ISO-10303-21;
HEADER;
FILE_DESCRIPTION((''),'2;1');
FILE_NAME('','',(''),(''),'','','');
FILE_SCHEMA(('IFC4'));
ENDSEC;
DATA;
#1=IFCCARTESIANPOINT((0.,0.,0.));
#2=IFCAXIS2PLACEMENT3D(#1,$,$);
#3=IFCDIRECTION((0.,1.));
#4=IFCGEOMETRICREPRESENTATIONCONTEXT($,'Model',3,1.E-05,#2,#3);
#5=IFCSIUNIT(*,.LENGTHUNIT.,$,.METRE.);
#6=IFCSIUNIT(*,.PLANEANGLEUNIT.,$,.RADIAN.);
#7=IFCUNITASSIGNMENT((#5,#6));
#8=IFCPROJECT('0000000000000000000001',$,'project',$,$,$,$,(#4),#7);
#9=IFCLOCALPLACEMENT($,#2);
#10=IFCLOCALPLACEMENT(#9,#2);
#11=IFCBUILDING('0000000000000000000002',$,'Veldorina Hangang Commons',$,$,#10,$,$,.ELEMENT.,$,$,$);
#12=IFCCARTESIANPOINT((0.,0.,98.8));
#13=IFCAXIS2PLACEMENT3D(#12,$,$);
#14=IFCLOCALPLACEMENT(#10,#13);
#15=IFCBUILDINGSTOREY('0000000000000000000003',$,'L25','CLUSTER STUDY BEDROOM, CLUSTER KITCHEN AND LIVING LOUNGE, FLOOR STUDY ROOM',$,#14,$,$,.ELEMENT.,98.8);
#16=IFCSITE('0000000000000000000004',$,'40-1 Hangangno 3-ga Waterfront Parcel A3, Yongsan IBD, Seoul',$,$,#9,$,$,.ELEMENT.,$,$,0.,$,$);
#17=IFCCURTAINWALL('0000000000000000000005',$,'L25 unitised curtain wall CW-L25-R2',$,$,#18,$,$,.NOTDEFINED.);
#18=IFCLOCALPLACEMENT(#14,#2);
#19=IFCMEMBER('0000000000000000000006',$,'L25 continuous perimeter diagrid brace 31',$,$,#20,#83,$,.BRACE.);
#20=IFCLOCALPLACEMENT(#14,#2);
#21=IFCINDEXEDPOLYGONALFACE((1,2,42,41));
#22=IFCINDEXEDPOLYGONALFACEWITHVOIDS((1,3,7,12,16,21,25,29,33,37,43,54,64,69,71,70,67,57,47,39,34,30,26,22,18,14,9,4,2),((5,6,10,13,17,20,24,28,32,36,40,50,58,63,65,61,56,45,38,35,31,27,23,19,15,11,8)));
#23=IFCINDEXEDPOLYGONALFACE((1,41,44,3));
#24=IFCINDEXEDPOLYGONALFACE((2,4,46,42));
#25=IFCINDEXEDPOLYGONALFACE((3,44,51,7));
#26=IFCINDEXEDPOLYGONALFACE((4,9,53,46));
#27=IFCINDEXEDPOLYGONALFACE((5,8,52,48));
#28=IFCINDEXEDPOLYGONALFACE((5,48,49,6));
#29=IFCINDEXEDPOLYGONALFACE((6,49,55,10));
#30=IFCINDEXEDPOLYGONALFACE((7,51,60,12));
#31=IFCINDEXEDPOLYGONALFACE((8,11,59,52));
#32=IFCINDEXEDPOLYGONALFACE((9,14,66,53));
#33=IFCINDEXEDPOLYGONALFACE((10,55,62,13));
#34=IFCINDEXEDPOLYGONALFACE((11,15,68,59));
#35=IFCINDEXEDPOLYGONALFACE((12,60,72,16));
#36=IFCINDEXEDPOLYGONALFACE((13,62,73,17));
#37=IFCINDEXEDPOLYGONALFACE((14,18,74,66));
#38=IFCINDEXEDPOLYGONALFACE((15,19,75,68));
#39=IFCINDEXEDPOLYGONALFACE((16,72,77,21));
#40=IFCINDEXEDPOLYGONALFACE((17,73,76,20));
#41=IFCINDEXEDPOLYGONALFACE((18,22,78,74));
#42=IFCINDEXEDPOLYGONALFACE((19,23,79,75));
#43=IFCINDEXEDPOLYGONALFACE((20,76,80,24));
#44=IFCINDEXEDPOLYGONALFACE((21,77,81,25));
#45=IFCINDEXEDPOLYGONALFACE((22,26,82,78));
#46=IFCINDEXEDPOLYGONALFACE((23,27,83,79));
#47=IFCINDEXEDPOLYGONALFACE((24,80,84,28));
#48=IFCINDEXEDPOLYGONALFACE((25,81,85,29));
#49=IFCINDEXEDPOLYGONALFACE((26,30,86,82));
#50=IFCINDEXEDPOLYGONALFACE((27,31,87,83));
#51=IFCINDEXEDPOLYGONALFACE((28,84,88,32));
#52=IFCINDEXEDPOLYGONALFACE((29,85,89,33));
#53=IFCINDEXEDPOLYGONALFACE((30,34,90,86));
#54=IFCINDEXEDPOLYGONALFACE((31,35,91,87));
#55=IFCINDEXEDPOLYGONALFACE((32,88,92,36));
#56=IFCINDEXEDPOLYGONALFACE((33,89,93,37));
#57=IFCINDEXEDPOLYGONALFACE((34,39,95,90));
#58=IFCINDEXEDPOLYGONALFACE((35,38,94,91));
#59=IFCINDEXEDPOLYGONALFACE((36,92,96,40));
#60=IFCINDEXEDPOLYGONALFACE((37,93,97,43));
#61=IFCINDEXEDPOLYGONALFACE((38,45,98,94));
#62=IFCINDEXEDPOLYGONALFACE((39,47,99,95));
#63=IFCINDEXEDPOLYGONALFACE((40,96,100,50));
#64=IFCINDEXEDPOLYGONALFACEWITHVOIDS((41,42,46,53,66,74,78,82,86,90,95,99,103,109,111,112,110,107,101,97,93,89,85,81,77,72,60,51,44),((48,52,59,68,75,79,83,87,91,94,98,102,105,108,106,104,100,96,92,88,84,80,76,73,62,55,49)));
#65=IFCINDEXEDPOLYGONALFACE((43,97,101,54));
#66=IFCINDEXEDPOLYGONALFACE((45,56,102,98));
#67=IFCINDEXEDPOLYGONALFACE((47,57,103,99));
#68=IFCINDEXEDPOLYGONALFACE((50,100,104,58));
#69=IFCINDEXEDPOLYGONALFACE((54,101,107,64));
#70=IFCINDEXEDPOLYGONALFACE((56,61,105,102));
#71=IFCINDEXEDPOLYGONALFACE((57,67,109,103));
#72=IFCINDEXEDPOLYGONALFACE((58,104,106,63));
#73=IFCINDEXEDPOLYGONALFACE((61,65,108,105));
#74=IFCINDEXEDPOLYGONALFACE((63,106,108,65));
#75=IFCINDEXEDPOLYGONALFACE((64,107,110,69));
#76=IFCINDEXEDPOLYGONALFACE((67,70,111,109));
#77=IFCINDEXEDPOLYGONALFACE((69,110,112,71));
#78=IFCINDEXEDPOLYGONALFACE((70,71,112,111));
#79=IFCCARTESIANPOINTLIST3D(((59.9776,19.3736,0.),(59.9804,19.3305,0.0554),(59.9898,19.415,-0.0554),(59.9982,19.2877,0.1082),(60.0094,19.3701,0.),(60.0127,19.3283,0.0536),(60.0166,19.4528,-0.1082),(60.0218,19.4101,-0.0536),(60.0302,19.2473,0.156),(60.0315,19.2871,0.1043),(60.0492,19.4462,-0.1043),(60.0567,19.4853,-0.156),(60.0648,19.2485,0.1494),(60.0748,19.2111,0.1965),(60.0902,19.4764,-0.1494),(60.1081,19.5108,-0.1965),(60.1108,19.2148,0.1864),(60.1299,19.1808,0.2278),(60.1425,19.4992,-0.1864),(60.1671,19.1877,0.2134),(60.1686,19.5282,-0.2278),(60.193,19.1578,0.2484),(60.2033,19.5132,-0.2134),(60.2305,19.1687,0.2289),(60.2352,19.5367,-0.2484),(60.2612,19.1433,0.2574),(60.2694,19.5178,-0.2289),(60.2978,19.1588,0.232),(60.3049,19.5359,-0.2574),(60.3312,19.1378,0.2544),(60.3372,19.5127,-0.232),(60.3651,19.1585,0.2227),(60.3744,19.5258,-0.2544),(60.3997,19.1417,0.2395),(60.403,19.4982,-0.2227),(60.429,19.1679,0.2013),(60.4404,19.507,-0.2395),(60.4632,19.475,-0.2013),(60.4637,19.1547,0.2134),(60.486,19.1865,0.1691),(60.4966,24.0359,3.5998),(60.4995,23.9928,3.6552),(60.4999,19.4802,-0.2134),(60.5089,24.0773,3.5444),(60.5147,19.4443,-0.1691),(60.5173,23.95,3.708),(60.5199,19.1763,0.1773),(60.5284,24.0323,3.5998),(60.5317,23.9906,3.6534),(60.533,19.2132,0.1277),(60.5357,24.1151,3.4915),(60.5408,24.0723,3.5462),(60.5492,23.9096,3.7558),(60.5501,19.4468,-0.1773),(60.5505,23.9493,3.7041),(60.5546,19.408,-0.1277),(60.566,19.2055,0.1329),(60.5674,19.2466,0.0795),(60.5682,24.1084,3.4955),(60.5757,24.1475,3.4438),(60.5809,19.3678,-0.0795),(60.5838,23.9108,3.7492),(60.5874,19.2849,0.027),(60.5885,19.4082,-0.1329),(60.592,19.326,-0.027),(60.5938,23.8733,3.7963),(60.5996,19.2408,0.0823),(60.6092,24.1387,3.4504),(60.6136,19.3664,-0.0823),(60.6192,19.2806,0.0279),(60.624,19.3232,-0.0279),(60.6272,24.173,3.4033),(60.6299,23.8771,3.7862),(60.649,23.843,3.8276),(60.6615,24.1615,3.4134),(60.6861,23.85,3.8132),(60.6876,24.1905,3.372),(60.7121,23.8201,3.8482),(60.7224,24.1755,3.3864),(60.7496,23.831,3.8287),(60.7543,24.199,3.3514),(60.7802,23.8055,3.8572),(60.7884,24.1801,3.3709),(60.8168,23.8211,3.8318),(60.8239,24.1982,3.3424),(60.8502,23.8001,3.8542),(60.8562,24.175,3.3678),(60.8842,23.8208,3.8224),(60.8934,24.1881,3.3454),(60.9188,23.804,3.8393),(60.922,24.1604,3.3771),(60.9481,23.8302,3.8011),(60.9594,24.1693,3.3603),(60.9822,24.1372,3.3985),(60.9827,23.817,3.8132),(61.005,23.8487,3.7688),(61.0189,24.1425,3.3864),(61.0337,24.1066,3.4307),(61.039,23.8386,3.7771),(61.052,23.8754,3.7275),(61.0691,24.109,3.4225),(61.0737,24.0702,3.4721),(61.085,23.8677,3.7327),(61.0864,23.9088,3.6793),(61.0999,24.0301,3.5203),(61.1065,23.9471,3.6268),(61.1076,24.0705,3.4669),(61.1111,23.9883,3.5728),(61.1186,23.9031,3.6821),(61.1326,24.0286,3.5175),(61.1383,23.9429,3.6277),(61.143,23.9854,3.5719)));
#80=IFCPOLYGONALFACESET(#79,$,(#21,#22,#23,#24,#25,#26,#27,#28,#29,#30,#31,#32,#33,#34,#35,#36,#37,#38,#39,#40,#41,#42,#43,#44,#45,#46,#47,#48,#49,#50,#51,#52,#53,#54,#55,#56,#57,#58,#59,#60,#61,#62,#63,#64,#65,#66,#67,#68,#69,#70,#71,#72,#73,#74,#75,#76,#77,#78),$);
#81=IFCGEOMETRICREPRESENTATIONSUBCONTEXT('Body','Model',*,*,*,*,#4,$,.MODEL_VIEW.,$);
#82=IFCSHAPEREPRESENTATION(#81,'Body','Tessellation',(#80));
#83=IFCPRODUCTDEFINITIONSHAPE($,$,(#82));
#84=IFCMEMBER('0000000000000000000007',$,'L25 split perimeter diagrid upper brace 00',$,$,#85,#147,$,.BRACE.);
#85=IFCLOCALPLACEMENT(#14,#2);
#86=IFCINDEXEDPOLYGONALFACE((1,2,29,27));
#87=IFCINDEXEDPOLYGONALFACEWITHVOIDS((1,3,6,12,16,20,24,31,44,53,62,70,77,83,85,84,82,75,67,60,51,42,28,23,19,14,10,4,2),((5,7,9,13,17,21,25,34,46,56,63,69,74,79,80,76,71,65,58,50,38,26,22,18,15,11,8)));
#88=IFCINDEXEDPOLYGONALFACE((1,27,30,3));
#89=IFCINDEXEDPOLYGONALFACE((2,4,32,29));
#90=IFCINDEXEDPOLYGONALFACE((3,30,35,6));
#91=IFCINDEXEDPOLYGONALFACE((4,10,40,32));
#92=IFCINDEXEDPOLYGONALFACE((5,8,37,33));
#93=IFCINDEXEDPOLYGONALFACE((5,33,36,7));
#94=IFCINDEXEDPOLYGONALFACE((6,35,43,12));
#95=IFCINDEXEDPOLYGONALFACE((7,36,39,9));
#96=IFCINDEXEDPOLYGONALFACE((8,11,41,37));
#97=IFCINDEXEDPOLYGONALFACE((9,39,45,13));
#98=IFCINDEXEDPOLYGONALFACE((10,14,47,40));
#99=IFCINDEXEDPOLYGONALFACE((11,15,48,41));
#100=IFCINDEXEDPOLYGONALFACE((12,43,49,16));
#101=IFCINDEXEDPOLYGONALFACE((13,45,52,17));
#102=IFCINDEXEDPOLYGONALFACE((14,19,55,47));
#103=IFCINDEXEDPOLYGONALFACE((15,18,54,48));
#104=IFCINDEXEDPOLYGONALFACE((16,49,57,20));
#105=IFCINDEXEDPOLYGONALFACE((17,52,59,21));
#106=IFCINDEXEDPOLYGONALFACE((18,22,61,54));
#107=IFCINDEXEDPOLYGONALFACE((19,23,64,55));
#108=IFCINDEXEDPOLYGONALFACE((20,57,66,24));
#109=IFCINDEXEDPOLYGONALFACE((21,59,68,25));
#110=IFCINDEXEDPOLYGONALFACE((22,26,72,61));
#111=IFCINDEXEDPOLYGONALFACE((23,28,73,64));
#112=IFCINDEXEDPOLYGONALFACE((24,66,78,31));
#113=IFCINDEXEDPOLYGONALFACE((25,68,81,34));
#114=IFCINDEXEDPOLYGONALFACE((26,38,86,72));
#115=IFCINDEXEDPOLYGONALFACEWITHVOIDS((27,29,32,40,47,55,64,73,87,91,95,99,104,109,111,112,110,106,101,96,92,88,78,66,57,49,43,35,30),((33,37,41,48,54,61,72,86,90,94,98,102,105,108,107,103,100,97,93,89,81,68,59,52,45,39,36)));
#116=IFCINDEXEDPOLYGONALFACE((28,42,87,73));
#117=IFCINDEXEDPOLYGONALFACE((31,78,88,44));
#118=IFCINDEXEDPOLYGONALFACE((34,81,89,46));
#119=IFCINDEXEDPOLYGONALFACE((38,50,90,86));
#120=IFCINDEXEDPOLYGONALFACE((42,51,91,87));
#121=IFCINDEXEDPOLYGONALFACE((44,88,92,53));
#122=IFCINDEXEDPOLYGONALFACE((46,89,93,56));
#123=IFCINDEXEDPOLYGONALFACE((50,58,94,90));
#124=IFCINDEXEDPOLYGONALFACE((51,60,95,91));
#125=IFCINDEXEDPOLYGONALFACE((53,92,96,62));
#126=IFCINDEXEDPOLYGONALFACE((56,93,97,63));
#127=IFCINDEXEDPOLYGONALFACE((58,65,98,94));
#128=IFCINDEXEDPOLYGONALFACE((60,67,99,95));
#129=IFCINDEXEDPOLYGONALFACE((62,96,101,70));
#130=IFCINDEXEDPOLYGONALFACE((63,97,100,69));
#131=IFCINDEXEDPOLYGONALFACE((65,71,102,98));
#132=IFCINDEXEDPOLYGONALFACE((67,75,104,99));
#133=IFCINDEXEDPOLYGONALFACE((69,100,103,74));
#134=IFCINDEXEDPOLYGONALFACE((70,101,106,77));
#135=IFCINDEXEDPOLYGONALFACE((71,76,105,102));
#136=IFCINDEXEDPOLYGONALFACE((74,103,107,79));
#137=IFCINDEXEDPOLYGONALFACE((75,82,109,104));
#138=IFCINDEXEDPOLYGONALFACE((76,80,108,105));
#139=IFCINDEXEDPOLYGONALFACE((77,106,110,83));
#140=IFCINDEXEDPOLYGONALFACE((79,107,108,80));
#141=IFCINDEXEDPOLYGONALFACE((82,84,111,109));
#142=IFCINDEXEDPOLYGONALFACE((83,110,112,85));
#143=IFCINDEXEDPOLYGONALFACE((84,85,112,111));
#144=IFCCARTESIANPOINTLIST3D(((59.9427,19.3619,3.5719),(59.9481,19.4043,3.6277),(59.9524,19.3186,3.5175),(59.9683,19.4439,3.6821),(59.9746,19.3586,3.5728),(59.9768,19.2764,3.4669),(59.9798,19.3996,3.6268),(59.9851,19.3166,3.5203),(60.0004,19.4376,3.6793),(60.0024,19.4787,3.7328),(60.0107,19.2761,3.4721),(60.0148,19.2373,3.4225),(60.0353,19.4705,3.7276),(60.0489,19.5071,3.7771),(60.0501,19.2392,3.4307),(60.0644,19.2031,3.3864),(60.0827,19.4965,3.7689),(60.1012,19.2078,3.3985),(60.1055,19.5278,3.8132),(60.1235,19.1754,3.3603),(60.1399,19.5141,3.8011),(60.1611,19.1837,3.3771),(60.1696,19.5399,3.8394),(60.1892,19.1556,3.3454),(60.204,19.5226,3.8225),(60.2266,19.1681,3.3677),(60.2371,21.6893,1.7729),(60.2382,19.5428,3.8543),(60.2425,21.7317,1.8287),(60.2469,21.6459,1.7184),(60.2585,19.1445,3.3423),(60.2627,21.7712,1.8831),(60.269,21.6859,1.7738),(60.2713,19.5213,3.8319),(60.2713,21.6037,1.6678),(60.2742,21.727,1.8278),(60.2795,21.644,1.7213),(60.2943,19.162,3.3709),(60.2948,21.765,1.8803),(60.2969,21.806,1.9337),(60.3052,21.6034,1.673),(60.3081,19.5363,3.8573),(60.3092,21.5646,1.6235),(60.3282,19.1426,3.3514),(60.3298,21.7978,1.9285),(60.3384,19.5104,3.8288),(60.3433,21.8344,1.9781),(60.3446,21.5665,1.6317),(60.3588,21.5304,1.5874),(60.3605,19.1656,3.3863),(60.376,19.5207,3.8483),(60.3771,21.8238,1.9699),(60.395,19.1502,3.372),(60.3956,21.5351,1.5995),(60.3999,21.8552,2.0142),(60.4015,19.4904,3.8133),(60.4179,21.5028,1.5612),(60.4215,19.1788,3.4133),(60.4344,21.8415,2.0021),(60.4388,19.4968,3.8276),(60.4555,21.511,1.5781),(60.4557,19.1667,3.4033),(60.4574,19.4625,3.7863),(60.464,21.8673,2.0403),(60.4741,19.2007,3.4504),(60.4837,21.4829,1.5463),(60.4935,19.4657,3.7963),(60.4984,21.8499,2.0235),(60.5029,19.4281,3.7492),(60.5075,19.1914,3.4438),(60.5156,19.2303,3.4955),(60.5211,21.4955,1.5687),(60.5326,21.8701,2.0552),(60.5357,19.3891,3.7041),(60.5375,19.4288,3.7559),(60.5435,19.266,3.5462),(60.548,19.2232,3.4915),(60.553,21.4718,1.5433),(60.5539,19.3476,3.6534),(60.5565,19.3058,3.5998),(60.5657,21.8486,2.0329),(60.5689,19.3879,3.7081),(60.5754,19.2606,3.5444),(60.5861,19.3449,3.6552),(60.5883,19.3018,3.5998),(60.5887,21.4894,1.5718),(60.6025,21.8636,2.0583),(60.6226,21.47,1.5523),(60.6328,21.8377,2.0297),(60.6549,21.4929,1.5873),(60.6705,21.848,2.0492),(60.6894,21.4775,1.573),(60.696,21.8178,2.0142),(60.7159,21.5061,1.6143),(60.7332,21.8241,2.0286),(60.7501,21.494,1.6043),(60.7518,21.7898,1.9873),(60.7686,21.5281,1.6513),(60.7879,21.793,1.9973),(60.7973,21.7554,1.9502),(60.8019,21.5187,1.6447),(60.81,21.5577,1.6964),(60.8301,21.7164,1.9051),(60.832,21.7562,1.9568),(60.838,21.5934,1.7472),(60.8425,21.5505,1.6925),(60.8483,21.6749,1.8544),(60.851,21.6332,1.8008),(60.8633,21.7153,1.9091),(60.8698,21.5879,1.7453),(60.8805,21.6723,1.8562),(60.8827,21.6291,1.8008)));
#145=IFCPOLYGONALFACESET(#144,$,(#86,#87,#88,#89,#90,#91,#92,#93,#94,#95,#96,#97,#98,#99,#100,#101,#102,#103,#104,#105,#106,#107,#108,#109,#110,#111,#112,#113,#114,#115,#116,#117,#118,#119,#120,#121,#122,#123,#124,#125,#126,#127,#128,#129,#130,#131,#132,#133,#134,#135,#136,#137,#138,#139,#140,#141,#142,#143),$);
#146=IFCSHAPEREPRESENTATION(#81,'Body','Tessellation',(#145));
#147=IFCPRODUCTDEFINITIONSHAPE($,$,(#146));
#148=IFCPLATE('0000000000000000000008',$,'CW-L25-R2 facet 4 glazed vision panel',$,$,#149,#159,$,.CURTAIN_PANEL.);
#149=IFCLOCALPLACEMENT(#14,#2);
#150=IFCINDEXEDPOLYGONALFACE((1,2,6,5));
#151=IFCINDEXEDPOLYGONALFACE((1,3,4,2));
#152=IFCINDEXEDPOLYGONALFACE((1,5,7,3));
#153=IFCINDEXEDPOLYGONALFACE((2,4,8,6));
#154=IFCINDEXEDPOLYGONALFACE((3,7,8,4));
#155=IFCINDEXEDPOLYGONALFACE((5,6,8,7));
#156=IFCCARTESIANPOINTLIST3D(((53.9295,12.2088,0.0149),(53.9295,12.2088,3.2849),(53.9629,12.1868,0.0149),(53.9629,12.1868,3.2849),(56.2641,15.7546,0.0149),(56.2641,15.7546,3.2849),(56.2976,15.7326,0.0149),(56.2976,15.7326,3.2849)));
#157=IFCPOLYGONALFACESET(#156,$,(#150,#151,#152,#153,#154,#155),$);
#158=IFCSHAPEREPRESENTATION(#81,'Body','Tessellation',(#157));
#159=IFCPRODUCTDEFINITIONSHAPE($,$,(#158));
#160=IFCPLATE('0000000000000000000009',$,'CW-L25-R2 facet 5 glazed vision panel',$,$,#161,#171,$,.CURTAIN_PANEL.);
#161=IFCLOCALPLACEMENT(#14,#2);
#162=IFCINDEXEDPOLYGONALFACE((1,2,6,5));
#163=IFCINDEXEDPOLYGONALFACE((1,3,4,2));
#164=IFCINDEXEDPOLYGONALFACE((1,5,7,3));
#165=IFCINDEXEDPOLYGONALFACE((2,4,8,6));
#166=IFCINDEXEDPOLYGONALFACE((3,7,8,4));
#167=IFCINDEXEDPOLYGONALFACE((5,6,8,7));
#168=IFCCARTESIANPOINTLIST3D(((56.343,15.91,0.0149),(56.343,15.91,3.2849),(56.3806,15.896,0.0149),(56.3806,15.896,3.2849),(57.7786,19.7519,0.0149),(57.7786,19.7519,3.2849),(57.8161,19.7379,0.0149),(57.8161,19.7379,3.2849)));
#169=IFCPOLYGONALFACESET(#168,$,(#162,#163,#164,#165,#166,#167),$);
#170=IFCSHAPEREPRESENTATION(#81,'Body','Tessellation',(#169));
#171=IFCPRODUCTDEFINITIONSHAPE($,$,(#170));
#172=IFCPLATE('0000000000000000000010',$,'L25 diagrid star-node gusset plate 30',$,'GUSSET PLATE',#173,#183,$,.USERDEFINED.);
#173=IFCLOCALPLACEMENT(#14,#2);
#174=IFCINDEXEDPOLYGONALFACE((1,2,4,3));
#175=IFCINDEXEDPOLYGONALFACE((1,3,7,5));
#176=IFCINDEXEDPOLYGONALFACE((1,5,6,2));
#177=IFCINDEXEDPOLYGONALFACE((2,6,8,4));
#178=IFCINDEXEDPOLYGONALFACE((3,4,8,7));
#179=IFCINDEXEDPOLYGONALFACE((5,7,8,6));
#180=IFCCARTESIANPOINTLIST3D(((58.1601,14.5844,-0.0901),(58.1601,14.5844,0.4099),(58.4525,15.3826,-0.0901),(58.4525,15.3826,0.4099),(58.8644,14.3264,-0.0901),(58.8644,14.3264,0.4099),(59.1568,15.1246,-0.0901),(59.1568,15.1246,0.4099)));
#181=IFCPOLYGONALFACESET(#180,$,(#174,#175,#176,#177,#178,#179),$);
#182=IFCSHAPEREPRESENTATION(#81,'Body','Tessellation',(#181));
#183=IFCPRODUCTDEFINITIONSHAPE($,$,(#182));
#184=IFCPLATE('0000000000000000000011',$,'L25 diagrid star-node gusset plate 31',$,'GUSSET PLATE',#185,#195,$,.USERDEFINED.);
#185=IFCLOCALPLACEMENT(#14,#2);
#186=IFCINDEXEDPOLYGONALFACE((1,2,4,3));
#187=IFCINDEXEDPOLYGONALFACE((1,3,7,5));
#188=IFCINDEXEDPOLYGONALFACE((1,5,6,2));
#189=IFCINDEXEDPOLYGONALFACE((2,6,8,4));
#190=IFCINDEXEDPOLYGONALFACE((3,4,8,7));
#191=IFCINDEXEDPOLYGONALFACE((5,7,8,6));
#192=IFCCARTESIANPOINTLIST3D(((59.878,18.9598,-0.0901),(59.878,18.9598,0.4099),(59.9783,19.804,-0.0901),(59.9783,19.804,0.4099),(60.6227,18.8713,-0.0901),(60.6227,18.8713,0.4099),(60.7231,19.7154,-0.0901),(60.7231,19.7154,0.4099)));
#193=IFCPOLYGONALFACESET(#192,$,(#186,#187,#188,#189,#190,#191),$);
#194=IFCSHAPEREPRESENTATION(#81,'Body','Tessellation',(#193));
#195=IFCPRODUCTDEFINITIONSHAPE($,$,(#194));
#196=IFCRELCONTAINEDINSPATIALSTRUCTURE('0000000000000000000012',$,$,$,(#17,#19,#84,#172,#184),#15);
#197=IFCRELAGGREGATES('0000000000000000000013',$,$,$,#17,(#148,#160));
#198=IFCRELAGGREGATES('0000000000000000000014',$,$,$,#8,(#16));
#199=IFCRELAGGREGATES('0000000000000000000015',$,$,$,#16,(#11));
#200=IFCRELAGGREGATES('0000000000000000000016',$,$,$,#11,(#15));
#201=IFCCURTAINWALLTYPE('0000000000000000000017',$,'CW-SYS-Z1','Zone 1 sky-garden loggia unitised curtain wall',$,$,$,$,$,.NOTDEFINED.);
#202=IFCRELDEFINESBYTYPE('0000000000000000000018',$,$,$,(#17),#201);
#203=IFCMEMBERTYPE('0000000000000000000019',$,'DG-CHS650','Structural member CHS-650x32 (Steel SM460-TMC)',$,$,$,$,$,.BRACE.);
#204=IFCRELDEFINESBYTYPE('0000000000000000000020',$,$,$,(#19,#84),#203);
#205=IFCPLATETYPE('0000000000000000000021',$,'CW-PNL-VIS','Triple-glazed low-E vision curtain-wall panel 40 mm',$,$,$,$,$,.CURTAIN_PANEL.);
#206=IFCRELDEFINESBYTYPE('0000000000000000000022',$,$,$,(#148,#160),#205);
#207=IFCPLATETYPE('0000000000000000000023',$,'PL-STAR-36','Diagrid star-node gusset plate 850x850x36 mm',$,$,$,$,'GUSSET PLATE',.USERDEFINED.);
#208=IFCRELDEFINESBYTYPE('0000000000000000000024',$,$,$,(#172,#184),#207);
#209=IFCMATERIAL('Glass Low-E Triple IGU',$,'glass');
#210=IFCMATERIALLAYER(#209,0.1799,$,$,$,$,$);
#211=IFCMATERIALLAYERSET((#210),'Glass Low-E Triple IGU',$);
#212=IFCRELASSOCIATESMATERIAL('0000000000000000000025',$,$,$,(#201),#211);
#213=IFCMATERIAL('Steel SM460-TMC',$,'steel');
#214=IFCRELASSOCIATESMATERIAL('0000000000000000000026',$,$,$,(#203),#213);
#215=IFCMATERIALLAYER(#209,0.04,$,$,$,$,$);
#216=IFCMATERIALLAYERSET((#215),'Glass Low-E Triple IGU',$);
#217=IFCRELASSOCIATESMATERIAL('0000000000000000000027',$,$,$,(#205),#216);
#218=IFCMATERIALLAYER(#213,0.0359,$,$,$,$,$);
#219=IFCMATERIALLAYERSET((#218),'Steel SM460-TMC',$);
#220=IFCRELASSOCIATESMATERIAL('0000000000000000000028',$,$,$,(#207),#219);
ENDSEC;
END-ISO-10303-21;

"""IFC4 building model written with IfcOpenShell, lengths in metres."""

from ifc_helpers import new_model, si_unit, direction, frame, origin, origin_2d, place, context, subcontext, project, spatial, rectangle, hollow_circle, extrude, material, layer, layer_set, material_profile, profile_set, type_object, element, aggregate, save


model = new_model("IFC4")

# Units and contexts
model_context = context("Model", 3, precision=1e-05, world=origin(), true_north=direction((0.0, 1.0)))
body_context = subcontext(model_context, "Body", "Model", "MODEL_VIEW")
ifc_project = project(units=[si_unit("LENGTHUNIT", "METRE"), si_unit("PLANEANGLEUNIT", "RADIAN")], contexts=[model_context])

# Site, building, storey
site_placement = place(None, origin())
site = spatial("IfcSite", under=ifc_project, at=site_placement, Name="40-1 Hangangno 3-ga Waterfront Parcel A3, Yongsan IBD, Seoul", CompositionType="ELEMENT", RefElevation=0.0)
building_placement = place(site_placement, origin())
building = spatial("IfcBuilding", under=site, at=building_placement, Name="Veldorina Hangang Commons", CompositionType="ELEMENT")
storey_placement = place(building_placement, frame((0.0, 0.0, 98.8)))
storey = spatial("IfcBuildingStorey", under=building, at=storey_placement, Name="L25", Description="CLUSTER STUDY BEDROOM, CLUSTER KITCHEN AND LIVING LOUNGE, FLOOR STUDY ROOM", CompositionType="ELEMENT", Elevation=98.8)

# Curtain wall
ifc_material_1 = material(Name="Glass Low-E Triple IGU", Category="glass")
ifc_layer_1 = layer(ifc_material_1, 0.1799)
ifc_layer_set_1 = layer_set([ifc_layer_1], Name="Glass Low-E Triple IGU")
curtain_wall_type = type_object("IfcCurtainWallType", Name="CW-SYS-Z1", Description="Zone 1 sky-garden loggia unitised curtain wall", PredefinedType="NOTDEFINED", material=ifc_layer_set_1)
curtain_wall_placement = place(storey_placement, origin())
curtain_wall = element("IfcCurtainWall", 1, at=curtain_wall_placement, inside=storey, type_object=curtain_wall_type, Name="L25 unitised curtain wall CW-L25-R2", PredefinedType="NOTDEFINED")

# Members
ifc_material_2 = material(Name="Steel SM460-TMC", Category="steel")
ifc_material_profile_1 = material_profile(ifc_material_2, hollow_circle(Radius=0.325, WallThickness=0.032, at=origin_2d()), Name="CHS-650x32")
ifc_profile_set_1 = profile_set([ifc_material_profile_1], Name="Steel SM460-TMC")
member_type_1 = type_object("IfcMemberType", Name="DG-CHS650", Description="Structural member CHS-650x32 (Steel SM460-TMC)", PredefinedType="BRACE", material=ifc_profile_set_1)
member_1_placement = place(storey_placement, frame((60.3005, 19.3376, 0.0), z_axis=(0.087777, 0.788466, 0.608783), x_axis=(-0.99386, 0.110643, 0.0)))
element("IfcMember", 2, at=member_1_placement, inside=storey, type_object=member_type_1, Name="L25 continuous perimeter diagrid brace 31", PredefinedType="BRACE", context=body_context, shape_type="SweptSolid", body=[
    extrude(hollow_circle(Radius=0.325, WallThickness=0.032, at=origin_2d()), origin(), (0.0, 0.0, 1.0), 5.9131),
])
member_2_placement = place(storey_placement, frame((60.5603, 21.6699, 1.8008), z_axis=(-0.099593, -0.787247, 0.608541), x_axis=(0.992093, -0.125508, 0.0)))
element("IfcMember", 3, at=member_2_placement, inside=storey, type_object=member_type_1, Name="L25 split perimeter diagrid upper brace 00", PredefinedType="BRACE", context=body_context, shape_type="SweptSolid", body=[
    extrude(hollow_circle(Radius=0.325, WallThickness=0.032, at=origin_2d()), origin(), (0.0, 0.0, 1.0), 2.9563),
])

# Plates
ifc_layer_2 = layer(ifc_material_1, 0.04)
ifc_layer_set_2 = layer_set([ifc_layer_2], Name="Glass Low-E Triple IGU")
plate_type_1 = type_object("IfcPlateType", Name="CW-PNL-VIS", Description="Triple-glazed low-E vision curtain-wall panel 40 mm", PredefinedType="CURTAIN_PANEL", material=ifc_layer_set_2)
plate_1_placement = place(storey_placement, frame((55.1135, 13.9707, 0.0149), z_axis=(0.0, 0.0, 1.0), x_axis=(0.549927, 0.835213, 0.0)))
plate_1 = element("IfcPlate", 4, at=plate_1_placement, type_object=plate_type_1, Name="CW-L25-R2 facet 4 glazed vision panel", PredefinedType="CURTAIN_PANEL", context=body_context, shape_type="SweptSolid", body=[
    extrude(rectangle(XDim=4.2454, YDim=0.04, at=origin_2d()), origin(), (0.0, 0.0, 1.0), 3.27),
])
plate_2_placement = place(storey_placement, frame((57.0796, 17.824, 0.0149), z_axis=(0.0, 0.0, 1.0), x_axis=(0.350028, 0.936739, 0.0)))
plate_2 = element("IfcPlate", 5, at=plate_2_placement, type_object=plate_type_1, Name="CW-L25-R2 facet 5 glazed vision panel", PredefinedType="CURTAIN_PANEL", context=body_context, shape_type="SweptSolid", body=[
    extrude(rectangle(XDim=4.1013, YDim=0.04, at=origin_2d()), origin(), (0.0, 0.0, 1.0), 3.27),
])
aggregate(curtain_wall, [plate_1, plate_2])

# Plates
ifc_layer_3 = layer(ifc_material_2, 0.0359)
ifc_layer_set_3 = layer_set([ifc_layer_3], Name="Steel SM460-TMC")
plate_type_2 = type_object("IfcPlateType", Name="PL-STAR-36", Description="Diagrid star-node gusset plate 850x850x36 mm", ElementType="GUSSET PLATE", PredefinedType="USERDEFINED", material=ifc_layer_set_3)
for number, where, z_axis, x_axis, name in (
    (6, (58.6584, 14.8545, -0.0901), (0.0, 0.0, 1.0), (0.343938, 0.938992, 0.0), "L25 diagrid star-node gusset plate 30"),
    (7, (60.3005, 19.3376, -0.0901), (0.0, 0.0, 1.0), (0.118075, 0.993005, 0.0), "L25 diagrid star-node gusset plate 31"),
):
    element("IfcPlate", number, at=place(storey_placement, frame(where, z_axis=z_axis, x_axis=x_axis)), inside=storey, type_object=plate_type_2, Name=name, ObjectType="GUSSET PLATE", PredefinedType="USERDEFINED", context=body_context, shape_type="SweptSolid", body=[
        extrude(rectangle(XDim=0.8501, YDim=0.75, at=origin_2d()), origin(), (0.0, 0.0, 1.0), 0.5),
    ])

save(model, "model.ifc")
